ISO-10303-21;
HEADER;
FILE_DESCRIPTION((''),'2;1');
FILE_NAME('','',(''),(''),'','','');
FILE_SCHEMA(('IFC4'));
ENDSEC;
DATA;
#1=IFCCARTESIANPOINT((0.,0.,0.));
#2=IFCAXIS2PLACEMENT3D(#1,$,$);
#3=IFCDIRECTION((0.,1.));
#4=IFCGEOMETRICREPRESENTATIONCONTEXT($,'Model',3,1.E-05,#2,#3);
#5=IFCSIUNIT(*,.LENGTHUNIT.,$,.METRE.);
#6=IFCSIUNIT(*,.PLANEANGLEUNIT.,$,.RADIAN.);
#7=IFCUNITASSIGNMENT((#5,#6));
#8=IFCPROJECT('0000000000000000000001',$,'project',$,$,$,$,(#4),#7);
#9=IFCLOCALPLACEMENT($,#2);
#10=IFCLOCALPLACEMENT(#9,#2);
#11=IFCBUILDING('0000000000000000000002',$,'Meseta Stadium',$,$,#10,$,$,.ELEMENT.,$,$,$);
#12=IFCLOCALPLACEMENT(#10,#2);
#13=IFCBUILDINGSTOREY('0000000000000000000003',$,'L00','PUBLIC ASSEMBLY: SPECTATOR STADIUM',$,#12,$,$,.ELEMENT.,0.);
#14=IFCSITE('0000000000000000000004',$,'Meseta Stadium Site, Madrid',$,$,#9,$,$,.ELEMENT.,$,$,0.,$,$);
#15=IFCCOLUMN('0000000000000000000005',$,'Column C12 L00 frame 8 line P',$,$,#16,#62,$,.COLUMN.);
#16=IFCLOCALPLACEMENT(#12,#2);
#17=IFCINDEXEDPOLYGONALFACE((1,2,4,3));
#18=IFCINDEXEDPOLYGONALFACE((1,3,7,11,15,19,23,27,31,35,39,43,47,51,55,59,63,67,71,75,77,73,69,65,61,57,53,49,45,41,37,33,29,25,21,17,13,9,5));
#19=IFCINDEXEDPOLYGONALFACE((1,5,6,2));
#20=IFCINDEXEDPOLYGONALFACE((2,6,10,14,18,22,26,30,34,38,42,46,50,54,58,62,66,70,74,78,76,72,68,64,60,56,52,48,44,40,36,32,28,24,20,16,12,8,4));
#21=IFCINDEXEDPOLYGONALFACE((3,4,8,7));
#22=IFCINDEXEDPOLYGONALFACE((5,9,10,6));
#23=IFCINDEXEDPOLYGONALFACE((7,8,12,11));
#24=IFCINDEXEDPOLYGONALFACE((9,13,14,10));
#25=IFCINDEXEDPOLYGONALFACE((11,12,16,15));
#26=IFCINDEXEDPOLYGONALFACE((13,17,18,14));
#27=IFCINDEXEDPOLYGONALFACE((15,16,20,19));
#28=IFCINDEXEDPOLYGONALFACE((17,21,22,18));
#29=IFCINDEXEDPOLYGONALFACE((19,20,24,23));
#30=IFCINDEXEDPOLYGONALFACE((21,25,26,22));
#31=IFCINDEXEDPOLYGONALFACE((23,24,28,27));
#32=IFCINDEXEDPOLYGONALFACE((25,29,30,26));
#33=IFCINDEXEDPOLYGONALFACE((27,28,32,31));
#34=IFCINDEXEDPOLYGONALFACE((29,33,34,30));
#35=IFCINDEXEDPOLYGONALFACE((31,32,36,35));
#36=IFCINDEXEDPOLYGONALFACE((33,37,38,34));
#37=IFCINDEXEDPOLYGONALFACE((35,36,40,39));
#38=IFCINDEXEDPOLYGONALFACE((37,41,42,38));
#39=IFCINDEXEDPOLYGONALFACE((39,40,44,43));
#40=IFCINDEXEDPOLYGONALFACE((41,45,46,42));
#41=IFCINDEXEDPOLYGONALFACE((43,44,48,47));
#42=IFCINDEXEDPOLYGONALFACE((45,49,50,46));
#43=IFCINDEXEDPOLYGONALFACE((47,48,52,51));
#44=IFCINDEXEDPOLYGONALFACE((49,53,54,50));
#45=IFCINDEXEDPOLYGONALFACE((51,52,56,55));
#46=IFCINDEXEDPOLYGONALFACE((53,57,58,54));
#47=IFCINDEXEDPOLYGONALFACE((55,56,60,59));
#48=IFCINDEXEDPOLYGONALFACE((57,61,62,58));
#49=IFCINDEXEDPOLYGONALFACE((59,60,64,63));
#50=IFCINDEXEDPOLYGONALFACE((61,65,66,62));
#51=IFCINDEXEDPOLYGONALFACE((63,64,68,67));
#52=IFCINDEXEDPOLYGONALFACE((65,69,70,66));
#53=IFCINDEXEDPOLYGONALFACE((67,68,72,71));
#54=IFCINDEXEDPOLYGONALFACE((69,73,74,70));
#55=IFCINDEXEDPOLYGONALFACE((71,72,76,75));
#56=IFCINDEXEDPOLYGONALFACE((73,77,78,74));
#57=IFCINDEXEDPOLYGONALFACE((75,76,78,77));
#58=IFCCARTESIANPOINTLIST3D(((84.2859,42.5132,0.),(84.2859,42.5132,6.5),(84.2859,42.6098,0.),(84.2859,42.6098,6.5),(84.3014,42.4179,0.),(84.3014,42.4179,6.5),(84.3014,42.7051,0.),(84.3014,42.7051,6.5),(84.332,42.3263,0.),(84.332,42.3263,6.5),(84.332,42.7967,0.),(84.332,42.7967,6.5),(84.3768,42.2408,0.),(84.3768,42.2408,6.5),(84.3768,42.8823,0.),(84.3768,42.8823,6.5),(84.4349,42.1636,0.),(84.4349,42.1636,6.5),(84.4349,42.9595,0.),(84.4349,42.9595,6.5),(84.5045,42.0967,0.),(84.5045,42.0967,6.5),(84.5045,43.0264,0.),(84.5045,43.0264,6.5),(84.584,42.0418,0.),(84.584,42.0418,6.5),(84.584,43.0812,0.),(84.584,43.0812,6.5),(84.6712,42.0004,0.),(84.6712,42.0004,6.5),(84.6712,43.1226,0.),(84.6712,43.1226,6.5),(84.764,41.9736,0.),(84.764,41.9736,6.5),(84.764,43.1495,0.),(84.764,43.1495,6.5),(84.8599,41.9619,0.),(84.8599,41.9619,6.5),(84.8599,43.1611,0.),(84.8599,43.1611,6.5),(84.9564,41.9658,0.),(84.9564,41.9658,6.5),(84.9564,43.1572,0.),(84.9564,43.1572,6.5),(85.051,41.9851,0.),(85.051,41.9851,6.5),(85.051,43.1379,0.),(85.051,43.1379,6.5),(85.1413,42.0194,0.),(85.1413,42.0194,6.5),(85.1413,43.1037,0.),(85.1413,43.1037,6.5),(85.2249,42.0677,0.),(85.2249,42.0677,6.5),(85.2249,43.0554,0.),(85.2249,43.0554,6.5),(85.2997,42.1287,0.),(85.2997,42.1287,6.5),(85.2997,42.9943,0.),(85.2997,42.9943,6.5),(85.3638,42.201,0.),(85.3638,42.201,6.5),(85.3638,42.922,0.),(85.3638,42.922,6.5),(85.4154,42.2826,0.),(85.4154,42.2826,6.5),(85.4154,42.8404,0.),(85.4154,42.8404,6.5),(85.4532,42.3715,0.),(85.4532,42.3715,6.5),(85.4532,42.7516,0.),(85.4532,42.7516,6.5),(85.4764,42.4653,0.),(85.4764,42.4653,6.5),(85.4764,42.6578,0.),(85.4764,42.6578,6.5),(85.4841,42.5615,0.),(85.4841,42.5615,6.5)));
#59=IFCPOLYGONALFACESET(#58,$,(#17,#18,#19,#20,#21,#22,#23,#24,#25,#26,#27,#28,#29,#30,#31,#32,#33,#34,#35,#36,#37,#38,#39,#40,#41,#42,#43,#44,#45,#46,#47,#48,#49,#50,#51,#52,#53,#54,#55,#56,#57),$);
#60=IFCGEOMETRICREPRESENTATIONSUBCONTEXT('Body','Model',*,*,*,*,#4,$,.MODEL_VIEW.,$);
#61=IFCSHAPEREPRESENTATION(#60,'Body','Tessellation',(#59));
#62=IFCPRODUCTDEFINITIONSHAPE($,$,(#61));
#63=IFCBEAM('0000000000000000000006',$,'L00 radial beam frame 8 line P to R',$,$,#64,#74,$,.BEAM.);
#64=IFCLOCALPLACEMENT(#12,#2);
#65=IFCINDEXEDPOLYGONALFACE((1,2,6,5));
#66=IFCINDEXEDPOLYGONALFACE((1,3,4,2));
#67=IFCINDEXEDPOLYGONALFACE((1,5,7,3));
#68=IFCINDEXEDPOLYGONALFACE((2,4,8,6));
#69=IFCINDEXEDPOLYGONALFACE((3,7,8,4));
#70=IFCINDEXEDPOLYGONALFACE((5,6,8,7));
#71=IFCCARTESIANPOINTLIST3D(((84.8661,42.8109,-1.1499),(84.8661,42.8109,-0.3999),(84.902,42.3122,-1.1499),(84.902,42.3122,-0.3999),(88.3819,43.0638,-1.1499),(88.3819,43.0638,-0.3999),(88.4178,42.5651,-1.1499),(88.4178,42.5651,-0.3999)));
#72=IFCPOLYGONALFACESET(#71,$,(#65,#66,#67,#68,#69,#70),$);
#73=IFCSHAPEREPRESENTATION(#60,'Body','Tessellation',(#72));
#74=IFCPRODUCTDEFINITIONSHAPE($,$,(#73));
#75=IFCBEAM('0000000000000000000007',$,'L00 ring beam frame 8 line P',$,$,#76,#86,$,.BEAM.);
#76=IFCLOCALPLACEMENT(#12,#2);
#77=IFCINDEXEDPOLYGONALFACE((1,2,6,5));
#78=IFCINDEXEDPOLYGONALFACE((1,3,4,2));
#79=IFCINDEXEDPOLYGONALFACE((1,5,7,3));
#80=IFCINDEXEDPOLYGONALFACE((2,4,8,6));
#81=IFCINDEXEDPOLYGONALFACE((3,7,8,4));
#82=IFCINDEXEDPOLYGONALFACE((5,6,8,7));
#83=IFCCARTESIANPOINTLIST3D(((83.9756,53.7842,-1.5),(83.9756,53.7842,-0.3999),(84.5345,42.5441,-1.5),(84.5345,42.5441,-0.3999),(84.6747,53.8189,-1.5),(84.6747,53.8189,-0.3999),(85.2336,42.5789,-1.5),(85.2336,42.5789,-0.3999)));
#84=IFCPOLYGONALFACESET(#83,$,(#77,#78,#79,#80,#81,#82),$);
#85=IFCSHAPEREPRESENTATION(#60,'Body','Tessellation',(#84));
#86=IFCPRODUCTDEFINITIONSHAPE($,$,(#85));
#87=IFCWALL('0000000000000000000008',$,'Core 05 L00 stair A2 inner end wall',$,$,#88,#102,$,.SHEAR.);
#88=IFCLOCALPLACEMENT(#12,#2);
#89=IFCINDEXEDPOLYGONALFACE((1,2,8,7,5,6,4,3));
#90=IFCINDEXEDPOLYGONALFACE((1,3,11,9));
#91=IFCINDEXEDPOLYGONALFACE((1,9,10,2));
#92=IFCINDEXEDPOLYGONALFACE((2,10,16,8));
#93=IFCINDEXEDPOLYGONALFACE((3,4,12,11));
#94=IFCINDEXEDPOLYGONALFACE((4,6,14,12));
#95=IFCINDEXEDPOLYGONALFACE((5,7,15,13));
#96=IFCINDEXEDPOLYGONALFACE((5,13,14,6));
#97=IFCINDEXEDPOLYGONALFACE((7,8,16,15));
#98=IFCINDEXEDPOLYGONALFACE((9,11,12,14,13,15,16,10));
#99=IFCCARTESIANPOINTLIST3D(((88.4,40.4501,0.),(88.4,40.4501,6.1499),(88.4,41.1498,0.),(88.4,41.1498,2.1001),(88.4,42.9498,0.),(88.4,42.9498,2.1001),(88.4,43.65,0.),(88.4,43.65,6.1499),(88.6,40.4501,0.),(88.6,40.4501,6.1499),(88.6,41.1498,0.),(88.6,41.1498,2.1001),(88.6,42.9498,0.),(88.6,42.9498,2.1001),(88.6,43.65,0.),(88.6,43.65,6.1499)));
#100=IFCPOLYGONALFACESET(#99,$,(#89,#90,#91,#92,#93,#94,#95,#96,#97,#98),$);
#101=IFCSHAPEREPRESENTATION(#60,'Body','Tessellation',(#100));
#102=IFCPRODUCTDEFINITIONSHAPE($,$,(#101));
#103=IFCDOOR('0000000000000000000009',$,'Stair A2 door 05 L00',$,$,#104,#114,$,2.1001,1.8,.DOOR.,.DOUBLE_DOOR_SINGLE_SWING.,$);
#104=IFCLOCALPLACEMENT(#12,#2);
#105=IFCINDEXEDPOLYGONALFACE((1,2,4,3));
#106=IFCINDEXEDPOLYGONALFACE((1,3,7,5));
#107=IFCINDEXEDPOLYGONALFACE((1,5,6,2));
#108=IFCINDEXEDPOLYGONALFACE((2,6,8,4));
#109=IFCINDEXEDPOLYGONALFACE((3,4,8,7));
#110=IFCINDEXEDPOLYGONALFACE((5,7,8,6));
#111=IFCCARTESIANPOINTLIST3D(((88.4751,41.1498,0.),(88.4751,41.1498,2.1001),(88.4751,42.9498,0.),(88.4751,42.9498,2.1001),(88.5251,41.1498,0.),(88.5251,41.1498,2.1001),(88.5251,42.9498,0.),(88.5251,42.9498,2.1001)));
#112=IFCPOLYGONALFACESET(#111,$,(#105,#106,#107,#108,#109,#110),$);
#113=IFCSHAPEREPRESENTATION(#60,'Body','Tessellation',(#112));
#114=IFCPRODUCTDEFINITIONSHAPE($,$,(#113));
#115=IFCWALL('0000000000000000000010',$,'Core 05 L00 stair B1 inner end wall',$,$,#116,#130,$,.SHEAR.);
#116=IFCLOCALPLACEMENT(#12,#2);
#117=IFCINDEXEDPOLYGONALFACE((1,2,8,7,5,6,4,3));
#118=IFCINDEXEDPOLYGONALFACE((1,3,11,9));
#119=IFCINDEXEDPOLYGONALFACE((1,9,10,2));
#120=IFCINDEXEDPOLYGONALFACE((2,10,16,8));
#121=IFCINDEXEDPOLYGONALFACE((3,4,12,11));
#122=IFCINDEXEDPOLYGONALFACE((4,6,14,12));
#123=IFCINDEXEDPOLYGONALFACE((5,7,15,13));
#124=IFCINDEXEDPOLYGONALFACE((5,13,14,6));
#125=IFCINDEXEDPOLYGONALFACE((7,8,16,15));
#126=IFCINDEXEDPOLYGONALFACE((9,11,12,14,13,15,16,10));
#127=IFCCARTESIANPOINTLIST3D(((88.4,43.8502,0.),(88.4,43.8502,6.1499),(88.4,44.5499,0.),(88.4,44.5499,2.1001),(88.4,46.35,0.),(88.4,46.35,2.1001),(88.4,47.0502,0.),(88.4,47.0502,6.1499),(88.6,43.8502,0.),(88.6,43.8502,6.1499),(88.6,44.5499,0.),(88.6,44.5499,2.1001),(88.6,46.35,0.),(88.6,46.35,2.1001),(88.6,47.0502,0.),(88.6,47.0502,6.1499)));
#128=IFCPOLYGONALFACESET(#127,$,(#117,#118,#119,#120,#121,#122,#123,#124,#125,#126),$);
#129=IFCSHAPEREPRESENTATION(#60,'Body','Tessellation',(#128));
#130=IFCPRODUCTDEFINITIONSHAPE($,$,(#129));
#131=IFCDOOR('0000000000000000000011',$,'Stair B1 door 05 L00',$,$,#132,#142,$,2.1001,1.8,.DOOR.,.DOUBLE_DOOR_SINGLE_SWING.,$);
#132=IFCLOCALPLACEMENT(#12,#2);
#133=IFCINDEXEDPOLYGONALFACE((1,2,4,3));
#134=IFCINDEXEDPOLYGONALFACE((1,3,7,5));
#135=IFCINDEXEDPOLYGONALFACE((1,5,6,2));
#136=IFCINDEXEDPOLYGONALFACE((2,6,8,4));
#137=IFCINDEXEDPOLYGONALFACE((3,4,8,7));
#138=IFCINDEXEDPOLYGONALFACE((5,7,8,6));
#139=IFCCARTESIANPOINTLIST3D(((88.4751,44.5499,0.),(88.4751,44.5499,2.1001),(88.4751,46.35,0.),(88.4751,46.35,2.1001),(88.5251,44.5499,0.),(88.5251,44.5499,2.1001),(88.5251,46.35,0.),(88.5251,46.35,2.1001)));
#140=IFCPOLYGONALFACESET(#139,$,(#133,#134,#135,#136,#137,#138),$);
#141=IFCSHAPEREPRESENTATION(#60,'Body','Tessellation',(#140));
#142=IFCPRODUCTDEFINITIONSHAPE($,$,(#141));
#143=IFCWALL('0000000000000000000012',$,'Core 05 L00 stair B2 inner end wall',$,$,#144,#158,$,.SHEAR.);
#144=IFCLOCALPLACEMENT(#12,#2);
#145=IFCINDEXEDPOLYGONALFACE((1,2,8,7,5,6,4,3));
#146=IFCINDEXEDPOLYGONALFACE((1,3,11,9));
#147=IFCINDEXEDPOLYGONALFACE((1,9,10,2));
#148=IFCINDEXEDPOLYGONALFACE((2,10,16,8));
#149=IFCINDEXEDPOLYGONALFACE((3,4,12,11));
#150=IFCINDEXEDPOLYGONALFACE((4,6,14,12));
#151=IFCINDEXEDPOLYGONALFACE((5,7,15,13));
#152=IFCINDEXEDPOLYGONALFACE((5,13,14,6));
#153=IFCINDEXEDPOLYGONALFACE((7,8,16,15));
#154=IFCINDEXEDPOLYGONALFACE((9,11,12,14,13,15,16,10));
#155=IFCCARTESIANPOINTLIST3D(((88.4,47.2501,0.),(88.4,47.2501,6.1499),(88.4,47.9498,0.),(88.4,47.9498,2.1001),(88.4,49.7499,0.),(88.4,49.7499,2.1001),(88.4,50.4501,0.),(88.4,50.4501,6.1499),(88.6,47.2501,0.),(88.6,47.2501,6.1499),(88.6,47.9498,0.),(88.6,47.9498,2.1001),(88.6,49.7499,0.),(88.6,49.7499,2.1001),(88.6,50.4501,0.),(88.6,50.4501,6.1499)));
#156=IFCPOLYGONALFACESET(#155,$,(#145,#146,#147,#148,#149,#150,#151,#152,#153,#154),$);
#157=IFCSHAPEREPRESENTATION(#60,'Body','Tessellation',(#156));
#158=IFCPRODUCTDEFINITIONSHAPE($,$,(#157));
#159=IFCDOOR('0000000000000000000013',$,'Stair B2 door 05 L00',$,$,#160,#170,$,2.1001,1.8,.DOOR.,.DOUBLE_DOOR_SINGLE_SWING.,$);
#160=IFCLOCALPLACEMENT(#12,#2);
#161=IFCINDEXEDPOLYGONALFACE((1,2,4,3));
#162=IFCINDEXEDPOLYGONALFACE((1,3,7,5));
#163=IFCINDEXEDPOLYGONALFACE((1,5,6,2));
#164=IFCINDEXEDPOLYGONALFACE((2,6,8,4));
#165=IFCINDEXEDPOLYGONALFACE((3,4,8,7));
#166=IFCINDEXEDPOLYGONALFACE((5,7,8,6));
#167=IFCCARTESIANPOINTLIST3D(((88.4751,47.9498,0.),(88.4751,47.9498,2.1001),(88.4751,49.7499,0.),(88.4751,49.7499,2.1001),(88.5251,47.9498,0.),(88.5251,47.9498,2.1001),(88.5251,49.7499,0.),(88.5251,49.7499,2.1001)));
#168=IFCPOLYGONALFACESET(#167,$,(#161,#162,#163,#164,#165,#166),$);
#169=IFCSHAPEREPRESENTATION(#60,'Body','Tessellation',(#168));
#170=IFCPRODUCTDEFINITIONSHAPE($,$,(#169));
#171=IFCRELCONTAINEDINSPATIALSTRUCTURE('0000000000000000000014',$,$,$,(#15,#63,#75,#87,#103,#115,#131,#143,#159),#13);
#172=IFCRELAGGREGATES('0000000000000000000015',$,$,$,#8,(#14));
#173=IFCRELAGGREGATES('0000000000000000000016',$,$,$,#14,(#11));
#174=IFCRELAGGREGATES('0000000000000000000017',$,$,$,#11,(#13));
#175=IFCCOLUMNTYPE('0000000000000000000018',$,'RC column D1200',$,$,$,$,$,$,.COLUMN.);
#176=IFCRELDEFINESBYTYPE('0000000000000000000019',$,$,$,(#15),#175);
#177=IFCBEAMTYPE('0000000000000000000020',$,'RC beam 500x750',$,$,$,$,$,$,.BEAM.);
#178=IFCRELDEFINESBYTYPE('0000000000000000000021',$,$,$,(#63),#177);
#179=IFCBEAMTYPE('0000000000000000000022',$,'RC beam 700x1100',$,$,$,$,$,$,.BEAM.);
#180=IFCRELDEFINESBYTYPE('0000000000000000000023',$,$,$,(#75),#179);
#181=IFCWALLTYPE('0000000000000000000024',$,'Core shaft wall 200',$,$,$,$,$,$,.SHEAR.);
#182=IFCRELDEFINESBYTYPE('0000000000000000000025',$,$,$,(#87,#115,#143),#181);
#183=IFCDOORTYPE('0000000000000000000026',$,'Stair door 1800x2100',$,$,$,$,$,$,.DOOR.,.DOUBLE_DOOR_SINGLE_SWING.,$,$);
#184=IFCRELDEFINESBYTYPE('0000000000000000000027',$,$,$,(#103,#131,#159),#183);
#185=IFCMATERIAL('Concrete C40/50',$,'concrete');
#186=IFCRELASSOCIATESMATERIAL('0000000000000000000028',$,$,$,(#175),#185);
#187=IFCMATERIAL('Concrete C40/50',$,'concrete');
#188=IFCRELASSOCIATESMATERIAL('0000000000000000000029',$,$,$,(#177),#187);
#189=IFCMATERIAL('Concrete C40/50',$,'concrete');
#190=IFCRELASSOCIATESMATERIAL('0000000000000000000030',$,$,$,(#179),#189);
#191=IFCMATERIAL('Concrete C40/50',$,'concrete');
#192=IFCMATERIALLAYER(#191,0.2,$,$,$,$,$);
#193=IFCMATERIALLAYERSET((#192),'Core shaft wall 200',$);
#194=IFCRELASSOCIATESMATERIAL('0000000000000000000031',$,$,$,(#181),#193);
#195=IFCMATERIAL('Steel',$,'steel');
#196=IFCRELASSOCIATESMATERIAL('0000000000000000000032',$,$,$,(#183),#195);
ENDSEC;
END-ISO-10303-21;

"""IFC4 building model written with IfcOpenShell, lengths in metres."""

from ifc_helpers import new_model, si_unit, direction, frame, frame_2d, origin, origin_2d, place, context, subcontext, project, spatial, rectangle, circle, extrude, material, layer, layer_set, material_profile, profile_set, type_object, element, fill, save


model = new_model("IFC4")

# Units and contexts
model_context = context("Model", 3, precision=1e-05, world=origin(), true_north=direction((0.0, 1.0)))
body_context = subcontext(model_context, "Body", "Model", "MODEL_VIEW")
ifc_project = project(units=[si_unit("LENGTHUNIT", "METRE"), si_unit("PLANEANGLEUNIT", "RADIAN")], contexts=[model_context])

# Site, building, storey
site_placement = place(None, origin())
site = spatial("IfcSite", under=ifc_project, at=site_placement, Name="Meseta Stadium Site, Madrid", CompositionType="ELEMENT", RefElevation=0.0)
building_placement = place(site_placement, origin())
building = spatial("IfcBuilding", under=site, at=building_placement, Name="Meseta Stadium", CompositionType="ELEMENT")
storey_placement = place(building_placement, origin())
storey = spatial("IfcBuildingStorey", under=building, at=storey_placement, Name="L00", Description="PUBLIC ASSEMBLY: SPECTATOR STADIUM", CompositionType="ELEMENT", Elevation=0.0)

# Column
ifc_material_1 = material(Name="Concrete C40/50", Category="concrete")
ifc_material_profile_1 = material_profile(ifc_material_1, circle(Radius=0.6001, at=origin_2d()), Name="RC D1200")
ifc_profile_set_1 = profile_set([ifc_material_profile_1], Name="Concrete C40/50")
column_type = type_object("IfcColumnType", Name="RC column D1200", PredefinedType="COLUMN", material=ifc_profile_set_1)
column_placement = place(storey_placement, frame((84.884, 42.5615, 0.0), z_axis=(0.0, 0.0, 1.0), x_axis=(1.0, 0.0, 0.0)))
element("IfcColumn", 1, at=column_placement, inside=storey, type_object=column_type, Name="Column C12 L00 frame 8 line P", PredefinedType="COLUMN", context=body_context, shape_type="SweptSolid", body=[
    extrude(circle(Radius=0.6001, at=origin_2d()), origin(), (0.0, 0.0, 1.0), 6.5),
])

# Beams
ifc_material_2 = material(Name="Concrete C40/50", Category="concrete")
ifc_material_profile_2 = material_profile(ifc_material_2, rectangle(XDim=0.5, YDim=0.75, at=origin_2d()), Name="RC 500x750")
ifc_profile_set_2 = profile_set([ifc_material_profile_2], Name="Concrete C40/50")
beam_type_1 = type_object("IfcBeamType", Name="RC beam 500x750", PredefinedType="BEAM", material=ifc_profile_set_2)
beam_1_placement = place(storey_placement, frame((84.884, 42.5615, -0.7749), z_axis=(0.997422, 0.071754, 0.0), x_axis=(-0.071754, 0.997422, 0.0)))
element("IfcBeam", 2, at=beam_1_placement, inside=storey, type_object=beam_type_1, Name="L00 radial beam frame 8 line P to R", PredefinedType="BEAM", context=body_context, shape_type="SweptSolid", body=[
    extrude(rectangle(XDim=0.5, YDim=0.75, at=origin_2d()), origin(), (0.0, 0.0, 1.0), 3.5249),
])
ifc_material_3 = material(Name="Concrete C40/50", Category="concrete")
ifc_material_profile_3 = material_profile(ifc_material_3, rectangle(XDim=0.7, YDim=1.1001, at=origin_2d()), Name="RC 700x1100")
ifc_profile_set_3 = profile_set([ifc_material_profile_3], Name="Concrete C40/50")
beam_type_2 = type_object("IfcBeamType", Name="RC beam 700x1100", PredefinedType="BEAM", material=ifc_profile_set_3)
beam_2_placement = place(storey_placement, frame((84.884, 42.5615, -0.95), z_axis=(-0.049657, 0.998766, 0.0), x_axis=(-0.998766, -0.049657, 0.0)))
element("IfcBeam", 3, at=beam_2_placement, inside=storey, type_object=beam_type_2, Name="L00 ring beam frame 8 line P", PredefinedType="BEAM", context=body_context, shape_type="SweptSolid", body=[
    extrude(rectangle(XDim=0.7, YDim=1.1001, at=origin_2d()), origin(), (0.0, 0.0, 1.0), 11.2539),
])

# Walls, openings, doors
ifc_material_4 = material(Name="Concrete C40/50", Category="concrete")
ifc_layer_1 = layer(ifc_material_4, 0.2)
ifc_layer_set_1 = layer_set([ifc_layer_1], Name="Core shaft wall 200")
wall_type_1 = type_object("IfcWallType", Name="Core shaft wall 200", PredefinedType="SHEAR", material=ifc_layer_set_1)
wall_1_placement = place(storey_placement, frame((88.5, 40.45, 0.0), z_axis=(0.0, 0.0, 1.0), x_axis=(0.0, 1.0, 0.0)))
wall_1 = element("IfcWall", 4, at=wall_1_placement, inside=storey, type_object=wall_type_1, Name="Core 05 L00 stair A2 inner end wall", PredefinedType="SHEAR", context=body_context, shape_type="SweptSolid", body=[
    extrude(rectangle(XDim=3.2, YDim=0.2, at=frame_2d((1.6001, 0.0))), origin(), (0.0, 0.0, 1.0), 6.1499),
])
opening_1_placement = place(wall_1_placement, frame((0.7, 0.0, 0.0)))
opening_1 = element("IfcOpeningElement", 5, at=opening_1_placement, cuts=wall_1, PredefinedType="OPENING", context=body_context, shape_type="SweptSolid", body=[
    extrude(rectangle(XDim=1.8, YDim=2.1001, at=frame_2d((0.8999, 1.05))), frame((0.0, 0.1099, 0.0), z_axis=(0.0, -1.0, 0.0), x_axis=(1.0, 0.0, 0.0)), (0.0, 0.0, 1.0), 0.22),
])
ifc_material_5 = material(Name="Steel", Category="steel")
door_type_1 = type_object("IfcDoorType", Name="Stair door 1800x2100", OperationType="DOUBLE_DOOR_SINGLE_SWING", PredefinedType="DOOR", material=ifc_material_5)
door_1_placement = place(opening_1_placement, origin())
door_1 = element("IfcDoor", 6, at=door_1_placement, inside=storey, type_object=door_type_1, Name="Stair A2 door 05 L00", OperationType="DOUBLE_DOOR_SINGLE_SWING", OverallHeight=2.1001, OverallWidth=1.8, PredefinedType="DOOR", context=body_context, shape_type="SweptSolid", body=[
    extrude(rectangle(XDim=1.8, YDim=2.1001, at=frame_2d((0.8999, 1.05))), frame((0.0, 0.0249, 0.0), z_axis=(0.0, -1.0, 0.0), x_axis=(1.0, 0.0, 0.0)), (0.0, 0.0, 1.0), 0.05),
])
fill(opening_1, door_1)
wall_2_placement = place(storey_placement, frame((88.5, 43.8501, 0.0), z_axis=(0.0, 0.0, 1.0), x_axis=(0.0, 1.0, 0.0)))
wall_2 = element("IfcWall", 7, at=wall_2_placement, inside=storey, type_object=wall_type_1, Name="Core 05 L00 stair B1 inner end wall", PredefinedType="SHEAR", context=body_context, shape_type="SweptSolid", body=[
    extrude(rectangle(XDim=3.2, YDim=0.2, at=frame_2d((1.6001, 0.0))), origin(), (0.0, 0.0, 1.0), 6.1499),
])
opening_2_placement = place(wall_2_placement, frame((0.7, 0.0, 0.0)))
opening_2 = element("IfcOpeningElement", 8, at=opening_2_placement, cuts=wall_2, PredefinedType="OPENING", context=body_context, shape_type="SweptSolid", body=[
    extrude(rectangle(XDim=1.8, YDim=2.1001, at=frame_2d((0.8999, 1.05))), frame((0.0, 0.1099, 0.0), z_axis=(0.0, -1.0, 0.0), x_axis=(1.0, 0.0, 0.0)), (0.0, 0.0, 1.0), 0.22),
])
door_2_placement = place(opening_2_placement, origin())
door_2 = element("IfcDoor", 9, at=door_2_placement, inside=storey, type_object=door_type_1, Name="Stair B1 door 05 L00", OperationType="DOUBLE_DOOR_SINGLE_SWING", OverallHeight=2.1001, OverallWidth=1.8, PredefinedType="DOOR", context=body_context, shape_type="SweptSolid", body=[
    extrude(rectangle(XDim=1.8, YDim=2.1001, at=frame_2d((0.8999, 1.05))), frame((0.0, 0.0249, 0.0), z_axis=(0.0, -1.0, 0.0), x_axis=(1.0, 0.0, 0.0)), (0.0, 0.0, 1.0), 0.05),
])
fill(opening_2, door_2)
wall_3_placement = place(storey_placement, frame((88.5, 47.25, 0.0), z_axis=(0.0, 0.0, 1.0), x_axis=(0.0, 1.0, 0.0)))
wall_3 = element("IfcWall", 10, at=wall_3_placement, inside=storey, type_object=wall_type_1, Name="Core 05 L00 stair B2 inner end wall", PredefinedType="SHEAR", context=body_context, shape_type="SweptSolid", body=[
    extrude(rectangle(XDim=3.2, YDim=0.2, at=frame_2d((1.6001, 0.0))), origin(), (0.0, 0.0, 1.0), 6.1499),
])
opening_3_placement = place(wall_3_placement, frame((0.7, 0.0, 0.0)))
opening_3 = element("IfcOpeningElement", 11, at=opening_3_placement, cuts=wall_3, PredefinedType="OPENING", context=body_context, shape_type="SweptSolid", body=[
    extrude(rectangle(XDim=1.8, YDim=2.1001, at=frame_2d((0.8999, 1.05))), frame((0.0, 0.1099, 0.0), z_axis=(0.0, -1.0, 0.0), x_axis=(1.0, 0.0, 0.0)), (0.0, 0.0, 1.0), 0.22),
])
door_3_placement = place(opening_3_placement, origin())
door_3 = element("IfcDoor", 12, at=door_3_placement, inside=storey, type_object=door_type_1, Name="Stair B2 door 05 L00", OperationType="DOUBLE_DOOR_SINGLE_SWING", OverallHeight=2.1001, OverallWidth=1.8, PredefinedType="DOOR", context=body_context, shape_type="SweptSolid", body=[
    extrude(rectangle(XDim=1.8, YDim=2.1001, at=frame_2d((0.8999, 1.05))), frame((0.0, 0.0249, 0.0), z_axis=(0.0, -1.0, 0.0), x_axis=(1.0, 0.0, 0.0)), (0.0, 0.0, 1.0), 0.05),
])
fill(opening_3, door_3)

save(model, "model.ifc")
